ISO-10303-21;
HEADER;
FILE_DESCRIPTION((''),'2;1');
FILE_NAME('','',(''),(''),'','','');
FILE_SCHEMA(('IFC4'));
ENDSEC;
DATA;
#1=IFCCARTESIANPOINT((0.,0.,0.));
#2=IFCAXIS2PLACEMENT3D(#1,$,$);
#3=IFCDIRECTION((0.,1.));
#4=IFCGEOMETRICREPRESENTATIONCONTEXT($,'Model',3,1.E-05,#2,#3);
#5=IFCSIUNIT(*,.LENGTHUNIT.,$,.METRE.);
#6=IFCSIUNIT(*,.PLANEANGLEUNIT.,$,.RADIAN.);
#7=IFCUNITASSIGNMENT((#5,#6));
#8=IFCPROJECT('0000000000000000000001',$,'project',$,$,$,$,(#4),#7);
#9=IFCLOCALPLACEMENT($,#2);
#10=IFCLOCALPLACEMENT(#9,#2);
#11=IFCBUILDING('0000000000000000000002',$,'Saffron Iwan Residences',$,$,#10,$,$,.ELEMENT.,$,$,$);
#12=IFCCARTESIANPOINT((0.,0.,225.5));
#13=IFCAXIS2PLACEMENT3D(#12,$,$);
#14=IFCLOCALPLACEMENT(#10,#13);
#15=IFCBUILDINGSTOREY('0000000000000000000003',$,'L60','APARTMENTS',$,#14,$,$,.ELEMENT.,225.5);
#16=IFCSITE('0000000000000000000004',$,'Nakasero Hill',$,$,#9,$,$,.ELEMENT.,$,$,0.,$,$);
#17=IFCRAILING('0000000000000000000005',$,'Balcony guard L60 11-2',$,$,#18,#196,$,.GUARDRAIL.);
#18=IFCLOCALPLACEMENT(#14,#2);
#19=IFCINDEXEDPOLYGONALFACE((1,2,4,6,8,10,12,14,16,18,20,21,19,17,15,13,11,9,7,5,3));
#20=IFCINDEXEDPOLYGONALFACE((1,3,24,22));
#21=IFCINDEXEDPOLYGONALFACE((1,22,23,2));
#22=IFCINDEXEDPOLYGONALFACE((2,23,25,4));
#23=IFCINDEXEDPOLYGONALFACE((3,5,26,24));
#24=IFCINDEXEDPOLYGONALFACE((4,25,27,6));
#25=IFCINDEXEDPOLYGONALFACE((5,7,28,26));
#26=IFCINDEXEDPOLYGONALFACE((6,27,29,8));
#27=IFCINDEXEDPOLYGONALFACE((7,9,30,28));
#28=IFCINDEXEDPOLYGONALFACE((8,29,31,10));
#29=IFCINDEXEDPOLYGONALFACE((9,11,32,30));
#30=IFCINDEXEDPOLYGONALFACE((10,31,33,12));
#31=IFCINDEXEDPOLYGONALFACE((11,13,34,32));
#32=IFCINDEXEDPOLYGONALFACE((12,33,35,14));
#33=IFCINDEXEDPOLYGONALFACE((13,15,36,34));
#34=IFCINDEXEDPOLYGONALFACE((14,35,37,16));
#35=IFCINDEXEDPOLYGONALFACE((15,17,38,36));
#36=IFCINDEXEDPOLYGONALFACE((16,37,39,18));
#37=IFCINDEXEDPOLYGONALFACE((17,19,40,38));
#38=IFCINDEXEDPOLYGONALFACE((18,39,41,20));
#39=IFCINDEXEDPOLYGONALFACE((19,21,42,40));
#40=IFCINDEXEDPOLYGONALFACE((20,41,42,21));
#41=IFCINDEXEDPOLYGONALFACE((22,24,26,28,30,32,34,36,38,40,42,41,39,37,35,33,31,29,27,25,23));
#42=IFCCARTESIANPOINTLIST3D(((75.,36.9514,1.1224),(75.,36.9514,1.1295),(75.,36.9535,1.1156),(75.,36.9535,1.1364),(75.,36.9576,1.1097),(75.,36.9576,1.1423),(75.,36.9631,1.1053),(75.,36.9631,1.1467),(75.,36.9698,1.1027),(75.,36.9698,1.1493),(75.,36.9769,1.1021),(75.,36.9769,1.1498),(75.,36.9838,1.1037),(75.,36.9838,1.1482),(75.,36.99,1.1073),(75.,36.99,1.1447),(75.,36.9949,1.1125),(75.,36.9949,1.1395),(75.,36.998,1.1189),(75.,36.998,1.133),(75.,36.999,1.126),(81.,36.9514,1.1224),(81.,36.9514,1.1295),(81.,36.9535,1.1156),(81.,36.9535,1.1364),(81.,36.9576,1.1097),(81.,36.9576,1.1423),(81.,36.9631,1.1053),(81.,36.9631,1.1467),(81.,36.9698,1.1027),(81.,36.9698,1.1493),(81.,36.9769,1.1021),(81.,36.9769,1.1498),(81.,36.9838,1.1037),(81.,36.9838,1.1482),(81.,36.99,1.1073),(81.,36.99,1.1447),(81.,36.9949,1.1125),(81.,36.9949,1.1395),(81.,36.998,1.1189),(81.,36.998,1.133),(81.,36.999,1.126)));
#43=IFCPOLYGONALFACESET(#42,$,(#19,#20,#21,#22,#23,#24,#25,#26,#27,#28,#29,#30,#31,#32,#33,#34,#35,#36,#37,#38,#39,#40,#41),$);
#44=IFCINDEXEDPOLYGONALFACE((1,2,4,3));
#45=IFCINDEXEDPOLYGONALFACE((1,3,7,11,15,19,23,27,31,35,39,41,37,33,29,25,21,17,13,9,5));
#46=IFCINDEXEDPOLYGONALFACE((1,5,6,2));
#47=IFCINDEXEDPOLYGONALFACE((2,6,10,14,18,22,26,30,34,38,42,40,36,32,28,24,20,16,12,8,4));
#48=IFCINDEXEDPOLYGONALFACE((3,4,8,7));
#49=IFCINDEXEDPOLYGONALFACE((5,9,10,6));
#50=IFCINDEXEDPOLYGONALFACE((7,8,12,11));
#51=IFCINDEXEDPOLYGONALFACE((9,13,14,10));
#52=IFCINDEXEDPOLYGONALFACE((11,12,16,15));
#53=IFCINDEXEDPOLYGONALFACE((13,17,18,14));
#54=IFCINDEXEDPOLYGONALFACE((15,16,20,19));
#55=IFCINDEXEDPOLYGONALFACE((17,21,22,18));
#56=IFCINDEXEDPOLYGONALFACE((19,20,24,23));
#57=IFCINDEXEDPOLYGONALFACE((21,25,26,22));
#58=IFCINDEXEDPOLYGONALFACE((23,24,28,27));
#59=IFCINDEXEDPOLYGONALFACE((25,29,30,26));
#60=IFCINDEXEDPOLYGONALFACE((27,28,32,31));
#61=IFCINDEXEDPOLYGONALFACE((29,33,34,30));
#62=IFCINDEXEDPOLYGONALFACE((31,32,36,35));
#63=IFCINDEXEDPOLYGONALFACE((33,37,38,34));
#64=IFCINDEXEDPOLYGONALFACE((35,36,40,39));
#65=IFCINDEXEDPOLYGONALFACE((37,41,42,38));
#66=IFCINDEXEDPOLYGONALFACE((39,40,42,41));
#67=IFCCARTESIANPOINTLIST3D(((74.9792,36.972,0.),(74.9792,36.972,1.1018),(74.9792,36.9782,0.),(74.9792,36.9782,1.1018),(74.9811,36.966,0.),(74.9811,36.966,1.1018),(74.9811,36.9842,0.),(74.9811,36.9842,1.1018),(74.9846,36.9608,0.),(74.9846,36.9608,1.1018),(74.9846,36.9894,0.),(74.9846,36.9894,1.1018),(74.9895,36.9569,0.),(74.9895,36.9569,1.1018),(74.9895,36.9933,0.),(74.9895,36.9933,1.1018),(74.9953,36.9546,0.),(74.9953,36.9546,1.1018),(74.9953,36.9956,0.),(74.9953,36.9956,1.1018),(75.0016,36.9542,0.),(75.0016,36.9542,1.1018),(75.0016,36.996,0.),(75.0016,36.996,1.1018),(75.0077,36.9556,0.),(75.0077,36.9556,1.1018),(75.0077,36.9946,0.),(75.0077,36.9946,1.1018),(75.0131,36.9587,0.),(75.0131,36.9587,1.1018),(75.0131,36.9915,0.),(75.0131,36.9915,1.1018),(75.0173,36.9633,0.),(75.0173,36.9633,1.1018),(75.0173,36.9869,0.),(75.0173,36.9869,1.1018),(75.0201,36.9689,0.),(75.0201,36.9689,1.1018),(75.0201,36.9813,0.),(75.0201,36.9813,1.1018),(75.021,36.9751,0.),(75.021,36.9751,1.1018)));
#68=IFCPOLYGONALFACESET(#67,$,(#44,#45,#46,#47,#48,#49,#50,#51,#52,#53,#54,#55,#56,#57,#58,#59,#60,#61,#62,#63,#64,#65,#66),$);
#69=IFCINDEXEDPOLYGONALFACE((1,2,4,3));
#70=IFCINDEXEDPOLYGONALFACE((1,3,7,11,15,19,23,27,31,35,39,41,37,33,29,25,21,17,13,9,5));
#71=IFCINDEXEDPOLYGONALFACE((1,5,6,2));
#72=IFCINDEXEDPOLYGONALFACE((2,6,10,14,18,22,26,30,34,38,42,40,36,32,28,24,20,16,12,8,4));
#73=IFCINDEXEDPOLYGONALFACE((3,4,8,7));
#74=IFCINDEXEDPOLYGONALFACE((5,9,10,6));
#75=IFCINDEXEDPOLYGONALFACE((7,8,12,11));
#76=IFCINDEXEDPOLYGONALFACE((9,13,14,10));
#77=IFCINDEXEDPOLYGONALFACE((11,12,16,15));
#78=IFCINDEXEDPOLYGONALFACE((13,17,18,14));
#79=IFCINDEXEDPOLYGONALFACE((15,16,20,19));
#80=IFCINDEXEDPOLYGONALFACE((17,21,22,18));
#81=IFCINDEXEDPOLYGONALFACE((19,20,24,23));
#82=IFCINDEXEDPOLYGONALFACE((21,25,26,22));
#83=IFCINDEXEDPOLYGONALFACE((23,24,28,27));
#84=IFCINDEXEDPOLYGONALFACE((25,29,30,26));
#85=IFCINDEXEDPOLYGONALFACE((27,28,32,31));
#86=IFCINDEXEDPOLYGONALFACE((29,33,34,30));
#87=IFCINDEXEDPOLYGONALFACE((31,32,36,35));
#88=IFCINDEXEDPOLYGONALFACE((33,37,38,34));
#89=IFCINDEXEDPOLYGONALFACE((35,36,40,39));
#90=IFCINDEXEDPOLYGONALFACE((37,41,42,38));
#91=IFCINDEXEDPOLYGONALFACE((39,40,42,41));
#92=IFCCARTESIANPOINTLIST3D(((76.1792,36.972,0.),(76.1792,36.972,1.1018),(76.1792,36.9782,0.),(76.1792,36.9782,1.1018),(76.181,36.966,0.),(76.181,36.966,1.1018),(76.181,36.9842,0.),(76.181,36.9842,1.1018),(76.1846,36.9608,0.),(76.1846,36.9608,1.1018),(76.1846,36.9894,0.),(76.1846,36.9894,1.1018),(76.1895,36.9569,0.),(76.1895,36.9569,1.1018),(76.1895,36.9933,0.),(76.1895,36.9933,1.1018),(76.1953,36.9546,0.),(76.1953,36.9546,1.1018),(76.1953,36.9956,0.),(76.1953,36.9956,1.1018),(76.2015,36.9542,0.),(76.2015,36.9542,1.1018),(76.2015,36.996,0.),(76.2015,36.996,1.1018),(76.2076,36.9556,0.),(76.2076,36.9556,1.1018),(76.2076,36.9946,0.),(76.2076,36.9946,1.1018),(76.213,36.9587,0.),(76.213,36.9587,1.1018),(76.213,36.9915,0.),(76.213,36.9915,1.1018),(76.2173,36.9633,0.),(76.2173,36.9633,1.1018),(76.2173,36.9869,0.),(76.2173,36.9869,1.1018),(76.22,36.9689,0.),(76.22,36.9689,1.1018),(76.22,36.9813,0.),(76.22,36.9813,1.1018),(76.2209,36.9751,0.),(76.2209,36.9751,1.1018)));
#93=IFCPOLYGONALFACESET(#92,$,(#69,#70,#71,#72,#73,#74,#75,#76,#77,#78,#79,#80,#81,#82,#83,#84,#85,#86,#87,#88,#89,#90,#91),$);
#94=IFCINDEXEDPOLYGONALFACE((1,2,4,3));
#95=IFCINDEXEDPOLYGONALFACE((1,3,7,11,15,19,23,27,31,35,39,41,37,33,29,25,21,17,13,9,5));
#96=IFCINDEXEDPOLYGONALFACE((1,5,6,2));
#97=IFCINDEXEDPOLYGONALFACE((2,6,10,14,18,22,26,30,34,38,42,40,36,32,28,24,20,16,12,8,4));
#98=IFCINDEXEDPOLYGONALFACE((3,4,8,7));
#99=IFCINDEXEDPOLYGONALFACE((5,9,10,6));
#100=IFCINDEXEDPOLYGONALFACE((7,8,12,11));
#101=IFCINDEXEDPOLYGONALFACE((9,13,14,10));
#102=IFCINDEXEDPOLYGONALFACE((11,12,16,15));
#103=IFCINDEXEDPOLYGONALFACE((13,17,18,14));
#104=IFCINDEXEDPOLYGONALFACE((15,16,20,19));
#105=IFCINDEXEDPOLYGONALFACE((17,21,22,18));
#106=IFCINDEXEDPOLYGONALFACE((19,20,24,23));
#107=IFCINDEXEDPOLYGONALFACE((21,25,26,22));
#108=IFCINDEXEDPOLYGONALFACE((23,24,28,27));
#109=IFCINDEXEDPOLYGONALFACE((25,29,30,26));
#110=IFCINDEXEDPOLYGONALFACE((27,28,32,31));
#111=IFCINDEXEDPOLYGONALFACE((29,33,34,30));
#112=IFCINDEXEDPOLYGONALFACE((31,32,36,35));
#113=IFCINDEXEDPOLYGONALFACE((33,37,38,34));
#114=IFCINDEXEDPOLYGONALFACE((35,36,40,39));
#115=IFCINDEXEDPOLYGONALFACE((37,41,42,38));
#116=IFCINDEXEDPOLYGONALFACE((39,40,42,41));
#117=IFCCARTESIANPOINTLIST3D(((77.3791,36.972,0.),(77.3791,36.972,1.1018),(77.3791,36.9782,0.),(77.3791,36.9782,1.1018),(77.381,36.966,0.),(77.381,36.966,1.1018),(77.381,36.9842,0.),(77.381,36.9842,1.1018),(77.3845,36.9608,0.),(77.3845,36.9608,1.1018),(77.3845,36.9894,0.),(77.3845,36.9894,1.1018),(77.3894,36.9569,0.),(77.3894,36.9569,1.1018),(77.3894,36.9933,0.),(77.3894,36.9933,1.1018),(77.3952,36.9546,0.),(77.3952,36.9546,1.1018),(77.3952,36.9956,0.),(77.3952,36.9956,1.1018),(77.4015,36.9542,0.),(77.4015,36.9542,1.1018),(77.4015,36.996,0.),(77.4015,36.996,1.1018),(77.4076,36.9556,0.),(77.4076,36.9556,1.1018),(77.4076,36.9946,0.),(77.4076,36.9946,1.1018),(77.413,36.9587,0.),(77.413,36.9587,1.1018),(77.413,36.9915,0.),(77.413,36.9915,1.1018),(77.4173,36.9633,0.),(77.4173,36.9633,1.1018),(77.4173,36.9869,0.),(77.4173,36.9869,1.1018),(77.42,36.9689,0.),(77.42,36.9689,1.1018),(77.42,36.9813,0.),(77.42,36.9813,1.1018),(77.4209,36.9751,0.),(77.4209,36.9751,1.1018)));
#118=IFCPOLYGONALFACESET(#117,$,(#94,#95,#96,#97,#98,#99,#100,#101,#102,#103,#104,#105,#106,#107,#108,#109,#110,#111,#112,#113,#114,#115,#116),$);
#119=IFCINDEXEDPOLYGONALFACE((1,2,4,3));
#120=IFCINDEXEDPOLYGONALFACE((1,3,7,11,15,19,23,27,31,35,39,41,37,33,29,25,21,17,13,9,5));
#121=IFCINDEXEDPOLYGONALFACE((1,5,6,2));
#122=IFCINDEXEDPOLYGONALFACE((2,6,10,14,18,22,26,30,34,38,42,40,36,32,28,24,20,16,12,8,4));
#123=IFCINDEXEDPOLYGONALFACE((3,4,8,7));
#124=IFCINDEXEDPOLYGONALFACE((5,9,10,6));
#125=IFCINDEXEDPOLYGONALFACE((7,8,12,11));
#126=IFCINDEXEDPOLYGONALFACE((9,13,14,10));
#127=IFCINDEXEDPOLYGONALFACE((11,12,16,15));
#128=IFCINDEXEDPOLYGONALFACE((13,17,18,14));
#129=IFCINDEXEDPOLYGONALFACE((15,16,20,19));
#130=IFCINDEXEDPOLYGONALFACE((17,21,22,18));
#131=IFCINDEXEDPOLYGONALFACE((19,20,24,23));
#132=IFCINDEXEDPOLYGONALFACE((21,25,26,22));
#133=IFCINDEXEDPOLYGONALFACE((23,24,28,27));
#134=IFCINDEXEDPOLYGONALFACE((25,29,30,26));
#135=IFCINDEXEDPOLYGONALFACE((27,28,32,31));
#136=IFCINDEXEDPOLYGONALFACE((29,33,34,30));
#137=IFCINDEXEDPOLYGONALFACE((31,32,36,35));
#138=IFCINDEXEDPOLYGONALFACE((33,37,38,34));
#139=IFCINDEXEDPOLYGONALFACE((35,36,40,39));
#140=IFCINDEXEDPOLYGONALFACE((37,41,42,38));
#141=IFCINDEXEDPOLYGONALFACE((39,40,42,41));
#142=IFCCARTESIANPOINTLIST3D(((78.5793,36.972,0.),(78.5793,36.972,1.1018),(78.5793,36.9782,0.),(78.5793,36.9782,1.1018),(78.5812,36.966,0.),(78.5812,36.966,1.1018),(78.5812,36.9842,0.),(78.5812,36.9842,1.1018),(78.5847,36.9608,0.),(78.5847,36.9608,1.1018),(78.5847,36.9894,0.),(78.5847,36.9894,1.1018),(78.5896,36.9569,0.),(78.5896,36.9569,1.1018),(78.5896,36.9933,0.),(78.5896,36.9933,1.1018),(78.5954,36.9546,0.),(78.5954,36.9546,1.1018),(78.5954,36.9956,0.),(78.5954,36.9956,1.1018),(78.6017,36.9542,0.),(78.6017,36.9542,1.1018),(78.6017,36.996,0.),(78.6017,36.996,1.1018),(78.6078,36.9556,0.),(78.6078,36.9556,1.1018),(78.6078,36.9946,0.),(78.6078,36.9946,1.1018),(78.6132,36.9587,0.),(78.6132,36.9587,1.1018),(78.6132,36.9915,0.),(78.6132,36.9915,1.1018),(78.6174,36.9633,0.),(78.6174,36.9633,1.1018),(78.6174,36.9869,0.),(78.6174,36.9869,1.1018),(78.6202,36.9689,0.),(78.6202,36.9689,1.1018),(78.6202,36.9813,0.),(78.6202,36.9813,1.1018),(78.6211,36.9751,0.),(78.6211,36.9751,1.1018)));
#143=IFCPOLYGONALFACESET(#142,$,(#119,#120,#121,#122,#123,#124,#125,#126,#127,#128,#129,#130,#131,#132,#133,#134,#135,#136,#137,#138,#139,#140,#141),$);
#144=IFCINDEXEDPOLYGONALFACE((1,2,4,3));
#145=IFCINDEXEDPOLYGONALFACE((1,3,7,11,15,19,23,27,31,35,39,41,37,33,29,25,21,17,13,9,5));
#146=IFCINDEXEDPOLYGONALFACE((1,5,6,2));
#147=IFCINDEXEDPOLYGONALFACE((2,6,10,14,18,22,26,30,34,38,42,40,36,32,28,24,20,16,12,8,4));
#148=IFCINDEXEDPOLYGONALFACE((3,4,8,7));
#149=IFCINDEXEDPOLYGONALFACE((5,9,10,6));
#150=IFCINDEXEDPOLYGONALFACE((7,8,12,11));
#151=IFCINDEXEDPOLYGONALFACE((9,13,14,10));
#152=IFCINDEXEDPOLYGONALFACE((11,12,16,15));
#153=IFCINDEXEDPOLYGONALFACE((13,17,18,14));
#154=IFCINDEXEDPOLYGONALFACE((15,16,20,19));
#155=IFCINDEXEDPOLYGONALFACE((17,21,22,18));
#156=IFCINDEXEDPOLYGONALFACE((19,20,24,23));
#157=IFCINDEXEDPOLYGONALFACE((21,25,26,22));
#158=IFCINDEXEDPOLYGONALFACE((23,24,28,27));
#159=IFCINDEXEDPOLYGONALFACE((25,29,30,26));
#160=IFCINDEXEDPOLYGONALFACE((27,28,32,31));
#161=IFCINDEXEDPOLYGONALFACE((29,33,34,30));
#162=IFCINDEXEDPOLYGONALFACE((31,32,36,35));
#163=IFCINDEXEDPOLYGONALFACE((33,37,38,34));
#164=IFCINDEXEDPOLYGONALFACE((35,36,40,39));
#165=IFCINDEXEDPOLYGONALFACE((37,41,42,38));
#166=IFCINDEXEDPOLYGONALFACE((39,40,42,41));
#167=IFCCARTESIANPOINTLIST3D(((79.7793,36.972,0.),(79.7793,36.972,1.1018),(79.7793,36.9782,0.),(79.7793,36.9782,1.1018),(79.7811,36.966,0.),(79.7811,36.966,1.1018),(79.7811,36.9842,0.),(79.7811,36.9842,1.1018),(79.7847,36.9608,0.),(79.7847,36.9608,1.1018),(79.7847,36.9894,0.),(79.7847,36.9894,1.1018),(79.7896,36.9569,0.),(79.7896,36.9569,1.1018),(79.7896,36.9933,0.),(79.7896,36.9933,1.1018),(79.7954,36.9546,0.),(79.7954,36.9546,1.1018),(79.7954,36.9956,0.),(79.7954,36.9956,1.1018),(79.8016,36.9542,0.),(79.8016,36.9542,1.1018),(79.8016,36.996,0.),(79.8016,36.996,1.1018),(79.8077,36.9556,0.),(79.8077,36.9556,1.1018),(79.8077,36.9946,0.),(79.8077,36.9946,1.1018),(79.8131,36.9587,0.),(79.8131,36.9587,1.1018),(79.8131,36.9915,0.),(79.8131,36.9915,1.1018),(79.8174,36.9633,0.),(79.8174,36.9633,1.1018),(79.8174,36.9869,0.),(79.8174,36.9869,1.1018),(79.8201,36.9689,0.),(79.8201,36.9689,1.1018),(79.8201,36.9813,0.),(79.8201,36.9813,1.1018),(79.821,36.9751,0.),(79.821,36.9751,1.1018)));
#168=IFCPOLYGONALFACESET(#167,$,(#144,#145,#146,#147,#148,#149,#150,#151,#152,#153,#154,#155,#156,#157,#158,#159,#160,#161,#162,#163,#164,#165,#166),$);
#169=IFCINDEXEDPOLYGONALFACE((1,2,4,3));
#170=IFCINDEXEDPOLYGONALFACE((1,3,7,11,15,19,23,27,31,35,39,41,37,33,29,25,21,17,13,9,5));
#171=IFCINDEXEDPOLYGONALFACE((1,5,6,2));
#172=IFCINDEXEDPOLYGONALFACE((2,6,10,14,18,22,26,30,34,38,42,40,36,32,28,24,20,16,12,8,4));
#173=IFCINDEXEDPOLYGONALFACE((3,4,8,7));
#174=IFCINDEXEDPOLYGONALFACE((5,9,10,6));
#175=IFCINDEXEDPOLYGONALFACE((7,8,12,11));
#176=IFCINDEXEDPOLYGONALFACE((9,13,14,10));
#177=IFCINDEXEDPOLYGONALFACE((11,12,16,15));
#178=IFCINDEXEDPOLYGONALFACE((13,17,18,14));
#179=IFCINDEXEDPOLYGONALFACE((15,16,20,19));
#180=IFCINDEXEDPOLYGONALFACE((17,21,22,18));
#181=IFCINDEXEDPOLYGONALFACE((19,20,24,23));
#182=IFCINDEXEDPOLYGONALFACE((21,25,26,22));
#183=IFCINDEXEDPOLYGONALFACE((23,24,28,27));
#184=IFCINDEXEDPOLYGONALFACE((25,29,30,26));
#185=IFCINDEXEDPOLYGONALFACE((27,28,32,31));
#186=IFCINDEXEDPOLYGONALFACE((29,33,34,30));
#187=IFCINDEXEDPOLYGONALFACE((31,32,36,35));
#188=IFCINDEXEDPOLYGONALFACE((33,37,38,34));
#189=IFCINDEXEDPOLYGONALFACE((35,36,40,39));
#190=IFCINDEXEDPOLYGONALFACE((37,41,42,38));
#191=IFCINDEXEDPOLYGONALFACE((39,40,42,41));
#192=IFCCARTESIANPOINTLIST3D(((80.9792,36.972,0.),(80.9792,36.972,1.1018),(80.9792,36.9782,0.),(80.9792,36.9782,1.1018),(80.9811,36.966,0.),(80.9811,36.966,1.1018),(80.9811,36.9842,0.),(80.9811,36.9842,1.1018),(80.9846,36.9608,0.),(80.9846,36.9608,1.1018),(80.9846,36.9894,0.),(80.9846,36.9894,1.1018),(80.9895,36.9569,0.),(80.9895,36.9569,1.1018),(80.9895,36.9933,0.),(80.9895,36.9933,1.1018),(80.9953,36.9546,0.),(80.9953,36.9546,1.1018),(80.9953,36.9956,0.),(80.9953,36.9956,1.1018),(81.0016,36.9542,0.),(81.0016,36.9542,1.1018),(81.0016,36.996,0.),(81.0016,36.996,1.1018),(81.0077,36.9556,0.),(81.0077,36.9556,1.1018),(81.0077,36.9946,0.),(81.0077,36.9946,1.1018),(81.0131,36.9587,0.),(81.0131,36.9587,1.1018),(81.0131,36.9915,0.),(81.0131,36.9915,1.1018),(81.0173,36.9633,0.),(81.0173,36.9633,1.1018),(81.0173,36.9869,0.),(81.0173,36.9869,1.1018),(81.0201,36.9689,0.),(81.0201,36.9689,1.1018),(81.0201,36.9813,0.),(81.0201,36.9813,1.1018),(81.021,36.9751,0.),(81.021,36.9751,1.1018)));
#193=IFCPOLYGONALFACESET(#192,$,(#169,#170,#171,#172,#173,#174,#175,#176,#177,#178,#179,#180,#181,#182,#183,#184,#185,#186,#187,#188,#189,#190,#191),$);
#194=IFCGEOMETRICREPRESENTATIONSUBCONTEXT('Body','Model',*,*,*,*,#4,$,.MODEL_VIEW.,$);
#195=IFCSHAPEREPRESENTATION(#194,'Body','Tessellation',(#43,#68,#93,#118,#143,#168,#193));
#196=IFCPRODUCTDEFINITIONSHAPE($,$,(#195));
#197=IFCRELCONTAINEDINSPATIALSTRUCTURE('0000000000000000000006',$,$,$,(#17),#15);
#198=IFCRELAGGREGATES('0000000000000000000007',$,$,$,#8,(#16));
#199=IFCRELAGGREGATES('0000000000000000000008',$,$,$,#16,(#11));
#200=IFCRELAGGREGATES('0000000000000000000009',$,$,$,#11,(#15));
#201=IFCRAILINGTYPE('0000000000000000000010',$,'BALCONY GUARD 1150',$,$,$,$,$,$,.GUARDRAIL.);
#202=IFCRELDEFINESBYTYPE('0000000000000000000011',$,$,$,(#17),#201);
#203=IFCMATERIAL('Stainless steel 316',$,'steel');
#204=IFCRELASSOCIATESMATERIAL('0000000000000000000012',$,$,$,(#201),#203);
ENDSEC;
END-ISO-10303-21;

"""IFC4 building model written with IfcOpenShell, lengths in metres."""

from ifc_helpers import new_model, si_unit, direction, frame, origin, origin_2d, place, context, subcontext, project, spatial, circle, extrude, material, type_object, element, save


model = new_model("IFC4")

# Units and contexts
model_context = context("Model", 3, precision=1e-05, world=origin(), true_north=direction((0.0, 1.0)))
body_context = subcontext(model_context, "Body", "Model", "MODEL_VIEW")
ifc_project = project(units=[si_unit("LENGTHUNIT", "METRE"), si_unit("PLANEANGLEUNIT", "RADIAN")], contexts=[model_context])

# Site, building, storey
site_placement = place(None, origin())
site = spatial("IfcSite", under=ifc_project, at=site_placement, Name="Nakasero Hill", CompositionType="ELEMENT", RefElevation=0.0)
building_placement = place(site_placement, origin())
building = spatial("IfcBuilding", under=site, at=building_placement, Name="Saffron Iwan Residences", CompositionType="ELEMENT")
storey_placement = place(building_placement, frame((0.0, 0.0, 225.5)))
storey = spatial("IfcBuildingStorey", under=building, at=storey_placement, Name="L60", Description="APARTMENTS", CompositionType="ELEMENT", Elevation=225.5)

# Railing
ifc_material_1 = material(Name="Stainless steel 316", Category="steel")
railing_type = type_object("IfcRailingType", Name="BALCONY GUARD 1150", PredefinedType="GUARDRAIL", material=ifc_material_1)
railing_placement = place(storey_placement, frame((75.0, 36.9751, 0.0)))
element("IfcRailing", 1, at=railing_placement, inside=storey, type_object=railing_type, Name="Balcony guard L60 11-2", PredefinedType="GUARDRAIL", context=body_context, shape_type="SweptSolid", body=[
    extrude(circle(Radius=0.0239, at=origin_2d()), frame((0.0, 0.0, 1.126), z_axis=(1.0, 0.0, 0.0), x_axis=(0.0, 1.0, 0.0)), (0.0, 0.0, 1.0), 6.0),
    extrude(circle(Radius=0.021, at=origin_2d()), origin(), (0.0, 0.0, 1.0), 1.1018),
    extrude(circle(Radius=0.021, at=origin_2d()), frame((1.2, 0.0, 0.0)), (0.0, 0.0, 1.0), 1.1018),
    extrude(circle(Radius=0.021, at=origin_2d()), frame((2.3999, 0.0, 0.0)), (0.0, 0.0, 1.0), 1.1018),
    extrude(circle(Radius=0.021, at=origin_2d()), frame((3.6001, 0.0, 0.0)), (0.0, 0.0, 1.0), 1.1018),
    extrude(circle(Radius=0.021, at=origin_2d()), frame((4.8, 0.0, 0.0)), (0.0, 0.0, 1.0), 1.1018),
    extrude(circle(Radius=0.021, at=origin_2d()), frame((6.0, 0.0, 0.0)), (0.0, 0.0, 1.0), 1.1018),
])

save(model, "model.ifc")
